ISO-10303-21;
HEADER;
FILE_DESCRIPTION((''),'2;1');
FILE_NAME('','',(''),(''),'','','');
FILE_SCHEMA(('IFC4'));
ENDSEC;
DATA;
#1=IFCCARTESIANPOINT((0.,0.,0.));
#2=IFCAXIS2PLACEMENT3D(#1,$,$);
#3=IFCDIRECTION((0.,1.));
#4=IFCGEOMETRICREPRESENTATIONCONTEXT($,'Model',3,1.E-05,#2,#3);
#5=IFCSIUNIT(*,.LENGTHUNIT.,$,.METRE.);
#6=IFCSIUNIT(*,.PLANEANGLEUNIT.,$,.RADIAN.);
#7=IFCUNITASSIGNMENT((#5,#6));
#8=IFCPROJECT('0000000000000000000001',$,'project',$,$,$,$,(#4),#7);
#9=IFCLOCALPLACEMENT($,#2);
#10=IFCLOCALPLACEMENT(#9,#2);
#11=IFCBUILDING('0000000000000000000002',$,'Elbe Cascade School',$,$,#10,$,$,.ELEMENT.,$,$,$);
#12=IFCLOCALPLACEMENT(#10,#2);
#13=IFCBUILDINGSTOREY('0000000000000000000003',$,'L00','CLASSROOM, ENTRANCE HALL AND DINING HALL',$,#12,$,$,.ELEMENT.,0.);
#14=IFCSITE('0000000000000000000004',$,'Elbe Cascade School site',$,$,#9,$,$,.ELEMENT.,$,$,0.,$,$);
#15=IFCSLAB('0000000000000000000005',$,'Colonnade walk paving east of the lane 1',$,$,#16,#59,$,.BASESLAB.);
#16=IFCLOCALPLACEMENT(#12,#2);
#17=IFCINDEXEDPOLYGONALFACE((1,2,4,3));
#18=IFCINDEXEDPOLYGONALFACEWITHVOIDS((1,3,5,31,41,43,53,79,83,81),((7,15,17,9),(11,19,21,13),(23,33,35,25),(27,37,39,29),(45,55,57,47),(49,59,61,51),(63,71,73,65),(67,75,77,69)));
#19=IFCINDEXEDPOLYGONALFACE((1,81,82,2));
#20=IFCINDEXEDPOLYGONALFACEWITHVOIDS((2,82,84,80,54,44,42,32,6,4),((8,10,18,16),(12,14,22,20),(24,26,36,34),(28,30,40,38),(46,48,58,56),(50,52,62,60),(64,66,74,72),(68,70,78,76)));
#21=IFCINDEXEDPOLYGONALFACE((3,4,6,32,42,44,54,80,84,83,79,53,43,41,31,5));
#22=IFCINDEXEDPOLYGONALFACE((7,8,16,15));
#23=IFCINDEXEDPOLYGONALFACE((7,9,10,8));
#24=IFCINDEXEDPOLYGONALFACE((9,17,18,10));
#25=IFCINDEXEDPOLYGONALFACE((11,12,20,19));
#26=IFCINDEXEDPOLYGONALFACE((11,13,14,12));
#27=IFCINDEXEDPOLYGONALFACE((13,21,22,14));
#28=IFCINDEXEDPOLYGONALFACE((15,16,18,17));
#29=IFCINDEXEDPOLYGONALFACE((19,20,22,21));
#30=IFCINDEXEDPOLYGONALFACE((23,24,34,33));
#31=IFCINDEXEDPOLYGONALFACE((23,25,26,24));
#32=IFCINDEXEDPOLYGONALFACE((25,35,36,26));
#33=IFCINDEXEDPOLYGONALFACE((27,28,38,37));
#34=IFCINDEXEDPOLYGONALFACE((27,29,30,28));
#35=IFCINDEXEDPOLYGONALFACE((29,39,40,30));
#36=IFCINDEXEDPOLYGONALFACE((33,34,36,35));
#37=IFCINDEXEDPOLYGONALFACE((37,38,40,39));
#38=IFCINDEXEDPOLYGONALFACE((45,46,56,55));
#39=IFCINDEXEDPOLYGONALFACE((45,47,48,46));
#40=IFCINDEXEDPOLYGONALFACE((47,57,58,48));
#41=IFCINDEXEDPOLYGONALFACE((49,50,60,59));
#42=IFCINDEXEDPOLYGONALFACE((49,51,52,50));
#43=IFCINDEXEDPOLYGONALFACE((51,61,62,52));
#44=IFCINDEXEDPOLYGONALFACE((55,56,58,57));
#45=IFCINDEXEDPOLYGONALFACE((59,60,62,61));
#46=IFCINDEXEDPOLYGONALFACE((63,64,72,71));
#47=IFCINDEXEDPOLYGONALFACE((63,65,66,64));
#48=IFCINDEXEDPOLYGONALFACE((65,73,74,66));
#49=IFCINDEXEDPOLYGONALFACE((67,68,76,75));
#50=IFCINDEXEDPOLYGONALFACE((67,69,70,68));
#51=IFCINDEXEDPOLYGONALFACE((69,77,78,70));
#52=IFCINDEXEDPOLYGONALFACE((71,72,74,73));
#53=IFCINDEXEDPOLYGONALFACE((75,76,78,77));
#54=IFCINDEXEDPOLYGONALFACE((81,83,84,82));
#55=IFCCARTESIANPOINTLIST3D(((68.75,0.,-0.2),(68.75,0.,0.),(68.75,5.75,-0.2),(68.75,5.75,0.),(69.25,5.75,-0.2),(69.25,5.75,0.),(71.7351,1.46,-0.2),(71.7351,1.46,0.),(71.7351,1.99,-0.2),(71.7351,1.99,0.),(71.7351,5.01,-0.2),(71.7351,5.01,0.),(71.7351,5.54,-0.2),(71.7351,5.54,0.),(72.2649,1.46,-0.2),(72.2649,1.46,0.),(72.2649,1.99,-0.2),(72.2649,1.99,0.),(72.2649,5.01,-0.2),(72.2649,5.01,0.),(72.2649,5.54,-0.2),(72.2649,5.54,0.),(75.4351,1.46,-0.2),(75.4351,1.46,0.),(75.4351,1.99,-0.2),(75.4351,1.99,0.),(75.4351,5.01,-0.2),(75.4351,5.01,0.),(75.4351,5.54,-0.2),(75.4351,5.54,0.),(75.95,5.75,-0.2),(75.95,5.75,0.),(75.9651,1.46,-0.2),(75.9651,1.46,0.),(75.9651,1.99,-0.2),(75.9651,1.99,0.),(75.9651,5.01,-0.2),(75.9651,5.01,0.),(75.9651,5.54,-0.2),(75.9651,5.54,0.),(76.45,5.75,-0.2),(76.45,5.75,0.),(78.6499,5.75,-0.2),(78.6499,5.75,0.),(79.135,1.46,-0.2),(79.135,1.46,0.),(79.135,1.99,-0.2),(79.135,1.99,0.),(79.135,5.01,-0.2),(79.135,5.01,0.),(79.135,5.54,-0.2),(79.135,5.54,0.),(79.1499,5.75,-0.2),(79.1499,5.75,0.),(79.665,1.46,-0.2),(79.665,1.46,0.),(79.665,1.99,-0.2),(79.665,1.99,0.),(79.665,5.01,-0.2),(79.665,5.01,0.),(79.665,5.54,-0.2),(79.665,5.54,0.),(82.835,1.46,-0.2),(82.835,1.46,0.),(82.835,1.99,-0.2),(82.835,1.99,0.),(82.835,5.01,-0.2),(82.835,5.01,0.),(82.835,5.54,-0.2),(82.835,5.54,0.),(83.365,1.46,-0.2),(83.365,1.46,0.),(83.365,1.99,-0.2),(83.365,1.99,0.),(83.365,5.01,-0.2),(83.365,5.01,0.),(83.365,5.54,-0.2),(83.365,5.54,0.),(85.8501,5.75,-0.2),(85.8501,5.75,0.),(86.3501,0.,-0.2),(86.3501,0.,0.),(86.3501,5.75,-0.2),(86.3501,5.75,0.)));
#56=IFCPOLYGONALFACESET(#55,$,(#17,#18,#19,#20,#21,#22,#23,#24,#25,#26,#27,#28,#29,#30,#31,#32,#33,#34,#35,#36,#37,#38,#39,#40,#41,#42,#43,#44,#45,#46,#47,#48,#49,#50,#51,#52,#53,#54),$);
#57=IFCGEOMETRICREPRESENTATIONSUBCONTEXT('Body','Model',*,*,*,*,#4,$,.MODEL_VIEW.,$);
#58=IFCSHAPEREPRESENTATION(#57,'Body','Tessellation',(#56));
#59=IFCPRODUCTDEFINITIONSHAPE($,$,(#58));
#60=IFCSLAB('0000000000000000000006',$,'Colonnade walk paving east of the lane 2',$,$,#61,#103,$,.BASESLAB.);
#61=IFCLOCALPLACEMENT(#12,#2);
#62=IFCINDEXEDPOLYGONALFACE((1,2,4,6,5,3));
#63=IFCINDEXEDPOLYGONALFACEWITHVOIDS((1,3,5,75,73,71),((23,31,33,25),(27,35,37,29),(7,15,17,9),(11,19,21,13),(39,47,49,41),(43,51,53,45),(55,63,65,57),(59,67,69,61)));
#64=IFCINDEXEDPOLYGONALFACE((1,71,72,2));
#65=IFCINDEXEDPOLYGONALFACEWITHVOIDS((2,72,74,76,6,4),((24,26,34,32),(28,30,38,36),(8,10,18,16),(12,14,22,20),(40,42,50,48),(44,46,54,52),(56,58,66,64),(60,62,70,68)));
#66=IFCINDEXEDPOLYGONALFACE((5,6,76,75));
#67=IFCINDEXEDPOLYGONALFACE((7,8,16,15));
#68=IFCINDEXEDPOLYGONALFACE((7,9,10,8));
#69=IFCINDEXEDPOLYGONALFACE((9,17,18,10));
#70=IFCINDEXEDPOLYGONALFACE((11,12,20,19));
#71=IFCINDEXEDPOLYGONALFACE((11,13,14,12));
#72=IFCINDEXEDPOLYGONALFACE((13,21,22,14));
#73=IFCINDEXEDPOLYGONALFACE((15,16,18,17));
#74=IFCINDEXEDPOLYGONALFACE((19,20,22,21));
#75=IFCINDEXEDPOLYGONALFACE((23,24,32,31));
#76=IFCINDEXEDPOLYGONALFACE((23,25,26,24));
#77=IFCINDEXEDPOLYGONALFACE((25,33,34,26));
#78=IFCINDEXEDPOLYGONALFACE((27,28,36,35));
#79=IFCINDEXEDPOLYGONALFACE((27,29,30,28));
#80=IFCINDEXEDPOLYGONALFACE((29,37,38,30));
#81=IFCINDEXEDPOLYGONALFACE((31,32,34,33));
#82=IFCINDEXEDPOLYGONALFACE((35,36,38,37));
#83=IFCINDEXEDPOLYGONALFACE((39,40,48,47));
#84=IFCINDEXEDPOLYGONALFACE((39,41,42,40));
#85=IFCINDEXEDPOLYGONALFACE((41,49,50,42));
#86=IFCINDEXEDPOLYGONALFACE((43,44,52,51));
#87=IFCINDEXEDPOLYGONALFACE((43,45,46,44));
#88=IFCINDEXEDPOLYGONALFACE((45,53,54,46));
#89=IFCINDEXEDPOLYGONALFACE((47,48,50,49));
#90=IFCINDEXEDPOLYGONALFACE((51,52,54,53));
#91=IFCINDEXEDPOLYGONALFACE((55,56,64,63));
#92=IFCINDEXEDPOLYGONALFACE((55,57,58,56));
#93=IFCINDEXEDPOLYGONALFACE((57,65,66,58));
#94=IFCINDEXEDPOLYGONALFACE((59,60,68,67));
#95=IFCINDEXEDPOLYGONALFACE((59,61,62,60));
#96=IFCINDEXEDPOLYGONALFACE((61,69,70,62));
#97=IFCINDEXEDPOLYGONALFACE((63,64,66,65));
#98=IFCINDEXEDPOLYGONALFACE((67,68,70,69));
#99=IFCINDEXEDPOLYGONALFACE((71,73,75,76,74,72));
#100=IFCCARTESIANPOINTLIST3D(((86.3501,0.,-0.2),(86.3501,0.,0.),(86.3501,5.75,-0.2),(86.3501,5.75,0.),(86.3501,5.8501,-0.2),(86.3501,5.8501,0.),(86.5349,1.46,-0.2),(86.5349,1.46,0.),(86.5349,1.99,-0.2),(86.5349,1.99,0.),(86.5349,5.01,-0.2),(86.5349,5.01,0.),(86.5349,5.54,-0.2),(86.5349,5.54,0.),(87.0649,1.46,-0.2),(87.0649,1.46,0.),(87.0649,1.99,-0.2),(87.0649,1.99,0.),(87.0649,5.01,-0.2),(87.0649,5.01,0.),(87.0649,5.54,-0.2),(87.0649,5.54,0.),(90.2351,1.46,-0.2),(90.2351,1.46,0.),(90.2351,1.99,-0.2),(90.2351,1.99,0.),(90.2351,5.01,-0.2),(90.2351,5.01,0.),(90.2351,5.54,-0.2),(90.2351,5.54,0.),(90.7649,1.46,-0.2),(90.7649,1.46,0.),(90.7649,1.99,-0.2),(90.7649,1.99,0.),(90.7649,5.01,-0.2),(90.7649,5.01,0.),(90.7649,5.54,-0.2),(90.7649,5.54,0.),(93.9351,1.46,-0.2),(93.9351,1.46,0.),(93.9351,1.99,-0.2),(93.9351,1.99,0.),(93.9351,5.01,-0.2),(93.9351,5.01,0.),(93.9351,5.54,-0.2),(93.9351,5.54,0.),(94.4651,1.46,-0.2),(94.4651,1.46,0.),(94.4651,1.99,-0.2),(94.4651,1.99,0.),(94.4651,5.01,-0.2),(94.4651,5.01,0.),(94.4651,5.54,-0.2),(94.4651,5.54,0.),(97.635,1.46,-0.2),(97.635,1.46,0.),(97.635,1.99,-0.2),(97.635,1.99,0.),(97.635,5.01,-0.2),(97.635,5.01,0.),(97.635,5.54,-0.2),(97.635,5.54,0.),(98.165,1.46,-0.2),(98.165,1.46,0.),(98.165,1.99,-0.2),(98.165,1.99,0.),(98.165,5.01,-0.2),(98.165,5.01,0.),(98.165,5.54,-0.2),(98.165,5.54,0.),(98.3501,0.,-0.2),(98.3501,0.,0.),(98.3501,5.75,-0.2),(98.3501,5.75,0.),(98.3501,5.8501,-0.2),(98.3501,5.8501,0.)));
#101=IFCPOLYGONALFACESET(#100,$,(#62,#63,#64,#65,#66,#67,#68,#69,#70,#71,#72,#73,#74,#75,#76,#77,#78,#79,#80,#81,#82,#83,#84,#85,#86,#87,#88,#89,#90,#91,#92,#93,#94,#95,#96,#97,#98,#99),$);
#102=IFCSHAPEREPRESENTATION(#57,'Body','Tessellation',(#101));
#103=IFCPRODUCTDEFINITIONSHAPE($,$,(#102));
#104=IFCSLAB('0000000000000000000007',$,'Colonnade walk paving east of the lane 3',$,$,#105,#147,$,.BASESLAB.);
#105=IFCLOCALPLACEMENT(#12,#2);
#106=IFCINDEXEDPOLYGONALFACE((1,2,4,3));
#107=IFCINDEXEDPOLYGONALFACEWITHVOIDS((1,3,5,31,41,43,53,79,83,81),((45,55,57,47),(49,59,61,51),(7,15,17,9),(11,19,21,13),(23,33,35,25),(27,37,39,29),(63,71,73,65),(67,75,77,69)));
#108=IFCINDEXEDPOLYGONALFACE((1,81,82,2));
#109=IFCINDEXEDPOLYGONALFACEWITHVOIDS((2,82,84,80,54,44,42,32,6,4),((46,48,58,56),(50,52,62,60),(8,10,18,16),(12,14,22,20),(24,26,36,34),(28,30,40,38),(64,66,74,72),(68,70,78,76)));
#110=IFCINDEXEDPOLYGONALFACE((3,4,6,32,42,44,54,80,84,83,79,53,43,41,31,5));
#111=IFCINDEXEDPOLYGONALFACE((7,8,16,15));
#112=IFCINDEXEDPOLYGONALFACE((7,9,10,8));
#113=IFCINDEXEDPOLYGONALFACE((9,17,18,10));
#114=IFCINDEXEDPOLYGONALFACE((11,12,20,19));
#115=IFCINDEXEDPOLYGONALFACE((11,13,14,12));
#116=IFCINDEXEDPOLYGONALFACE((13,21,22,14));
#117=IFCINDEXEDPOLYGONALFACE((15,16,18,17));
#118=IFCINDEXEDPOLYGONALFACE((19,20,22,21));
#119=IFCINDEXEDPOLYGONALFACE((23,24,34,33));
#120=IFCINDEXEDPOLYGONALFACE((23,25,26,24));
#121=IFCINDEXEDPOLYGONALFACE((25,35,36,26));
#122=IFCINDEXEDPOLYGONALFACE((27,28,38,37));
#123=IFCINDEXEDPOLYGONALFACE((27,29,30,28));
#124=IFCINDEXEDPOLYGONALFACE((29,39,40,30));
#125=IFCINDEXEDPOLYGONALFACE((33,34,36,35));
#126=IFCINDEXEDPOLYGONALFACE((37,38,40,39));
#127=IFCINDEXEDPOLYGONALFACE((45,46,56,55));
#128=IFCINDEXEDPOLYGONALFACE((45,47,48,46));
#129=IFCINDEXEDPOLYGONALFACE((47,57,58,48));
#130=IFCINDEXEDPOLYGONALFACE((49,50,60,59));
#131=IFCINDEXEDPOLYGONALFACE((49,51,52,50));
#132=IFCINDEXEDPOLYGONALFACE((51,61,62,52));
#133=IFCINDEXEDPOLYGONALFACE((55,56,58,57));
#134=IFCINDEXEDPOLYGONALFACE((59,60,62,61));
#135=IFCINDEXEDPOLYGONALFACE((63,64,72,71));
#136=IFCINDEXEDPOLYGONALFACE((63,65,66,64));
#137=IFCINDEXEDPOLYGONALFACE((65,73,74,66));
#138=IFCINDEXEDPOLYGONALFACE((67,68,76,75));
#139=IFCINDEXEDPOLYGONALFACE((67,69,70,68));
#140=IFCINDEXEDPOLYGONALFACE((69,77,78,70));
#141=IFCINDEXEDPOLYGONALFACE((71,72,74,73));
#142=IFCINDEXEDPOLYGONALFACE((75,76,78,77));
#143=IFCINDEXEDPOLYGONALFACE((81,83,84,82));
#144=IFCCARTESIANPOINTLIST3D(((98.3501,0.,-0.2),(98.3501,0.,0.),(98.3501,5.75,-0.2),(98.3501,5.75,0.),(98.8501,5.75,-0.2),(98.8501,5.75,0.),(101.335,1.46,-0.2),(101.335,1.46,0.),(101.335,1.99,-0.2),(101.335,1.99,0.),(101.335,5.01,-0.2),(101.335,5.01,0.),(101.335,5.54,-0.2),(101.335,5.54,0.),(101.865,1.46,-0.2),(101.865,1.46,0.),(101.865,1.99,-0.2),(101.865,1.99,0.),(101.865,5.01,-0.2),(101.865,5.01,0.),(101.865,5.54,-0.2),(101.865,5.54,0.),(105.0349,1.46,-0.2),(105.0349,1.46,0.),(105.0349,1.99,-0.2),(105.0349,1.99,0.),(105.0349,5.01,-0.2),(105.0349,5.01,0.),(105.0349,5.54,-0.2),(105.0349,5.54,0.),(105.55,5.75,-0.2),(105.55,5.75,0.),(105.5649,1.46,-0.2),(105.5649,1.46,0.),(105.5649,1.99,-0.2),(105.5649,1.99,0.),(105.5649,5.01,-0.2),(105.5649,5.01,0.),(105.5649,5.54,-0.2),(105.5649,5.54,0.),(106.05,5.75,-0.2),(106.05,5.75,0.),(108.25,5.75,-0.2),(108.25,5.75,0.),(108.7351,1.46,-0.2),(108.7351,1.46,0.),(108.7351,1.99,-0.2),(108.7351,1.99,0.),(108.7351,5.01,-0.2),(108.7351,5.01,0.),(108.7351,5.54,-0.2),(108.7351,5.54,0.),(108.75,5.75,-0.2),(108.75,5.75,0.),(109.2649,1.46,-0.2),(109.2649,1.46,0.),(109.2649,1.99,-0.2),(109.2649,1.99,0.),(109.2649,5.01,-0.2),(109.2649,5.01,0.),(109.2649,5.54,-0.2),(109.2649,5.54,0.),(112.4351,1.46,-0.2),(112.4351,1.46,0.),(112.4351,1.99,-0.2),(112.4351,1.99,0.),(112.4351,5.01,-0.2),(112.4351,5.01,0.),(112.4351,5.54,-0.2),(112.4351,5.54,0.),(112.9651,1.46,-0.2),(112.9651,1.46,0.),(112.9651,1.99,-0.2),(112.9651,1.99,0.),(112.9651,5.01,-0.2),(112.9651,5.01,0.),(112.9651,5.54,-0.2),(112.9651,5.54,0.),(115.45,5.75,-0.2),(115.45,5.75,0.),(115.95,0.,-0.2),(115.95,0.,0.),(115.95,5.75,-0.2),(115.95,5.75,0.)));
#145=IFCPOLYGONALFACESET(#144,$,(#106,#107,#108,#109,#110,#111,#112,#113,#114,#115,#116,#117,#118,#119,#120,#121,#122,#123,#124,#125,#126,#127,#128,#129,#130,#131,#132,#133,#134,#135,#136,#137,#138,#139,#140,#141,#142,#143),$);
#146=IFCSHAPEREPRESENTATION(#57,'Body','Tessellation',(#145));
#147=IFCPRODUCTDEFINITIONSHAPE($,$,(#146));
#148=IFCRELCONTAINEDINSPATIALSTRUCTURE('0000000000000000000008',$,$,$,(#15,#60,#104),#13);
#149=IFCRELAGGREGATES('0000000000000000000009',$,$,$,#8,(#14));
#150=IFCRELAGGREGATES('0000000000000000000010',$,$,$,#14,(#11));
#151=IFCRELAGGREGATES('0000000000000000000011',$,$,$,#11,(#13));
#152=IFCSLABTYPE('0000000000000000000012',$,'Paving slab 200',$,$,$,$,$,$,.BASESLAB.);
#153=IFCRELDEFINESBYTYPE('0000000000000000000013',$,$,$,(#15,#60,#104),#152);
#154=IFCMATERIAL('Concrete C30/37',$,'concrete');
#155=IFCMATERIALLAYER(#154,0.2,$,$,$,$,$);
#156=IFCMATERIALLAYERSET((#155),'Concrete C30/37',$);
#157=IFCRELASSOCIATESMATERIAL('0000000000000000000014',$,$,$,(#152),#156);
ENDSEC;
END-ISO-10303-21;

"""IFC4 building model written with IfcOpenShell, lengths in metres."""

from ifc_helpers import new_model, si_unit, direction, frame, origin, place, context, subcontext, project, spatial, polyline, outline, extrude, material, layer, layer_set, type_object, element, save


model = new_model("IFC4")

# Units and contexts
model_context = context("Model", 3, precision=1e-05, world=origin(), true_north=direction((0.0, 1.0)))
body_context = subcontext(model_context, "Body", "Model", "MODEL_VIEW")
ifc_project = project(units=[si_unit("LENGTHUNIT", "METRE"), si_unit("PLANEANGLEUNIT", "RADIAN")], contexts=[model_context])

# Site, building, storey
site_placement = place(None, origin())
site = spatial("IfcSite", under=ifc_project, at=site_placement, Name="Elbe Cascade School site", CompositionType="ELEMENT", RefElevation=0.0)
building_placement = place(site_placement, origin())
building = spatial("IfcBuilding", under=site, at=building_placement, Name="Elbe Cascade School", CompositionType="ELEMENT")
storey_placement = place(building_placement, origin())
storey = spatial("IfcBuildingStorey", under=building, at=storey_placement, Name="L00", Description="CLASSROOM, ENTRANCE HALL AND DINING HALL", CompositionType="ELEMENT", Elevation=0.0)

# Slabs
ifc_material_1 = material(Name="Concrete C30/37", Category="concrete")
ifc_layer_1 = layer(ifc_material_1, 0.2)
ifc_layer_set_1 = layer_set([ifc_layer_1], Name="Concrete C30/37")
slab_type_1 = type_object("IfcSlabType", Name="Paving slab 200", PredefinedType="BASESLAB", material=ifc_layer_set_1)
slab_1_placement = place(storey_placement, frame((0.0, 0.0, -0.2)))
element("IfcSlab", 1, at=slab_1_placement, inside=storey, type_object=slab_type_1, Name="Colonnade walk paving east of the lane 1", PredefinedType="BASESLAB", context=body_context, shape_type="SweptSolid", body=[
    extrude(outline(polyline([(68.75, 5.75), (68.75, 0.0), (86.3501, 0.0), (86.3501, 5.75), (85.8501, 5.75), (79.1499, 5.75), (78.6499, 5.75), (76.45, 5.75), (75.95, 5.75), (69.25, 5.75), (68.75, 5.75)]), holes=[polyline([(72.2649, 1.99), (72.2649, 1.46), (71.7351, 1.46), (71.7351, 1.99), (72.2649, 1.99)]), polyline([(72.2649, 5.01), (71.7351, 5.01), (71.7351, 5.54), (72.2649, 5.54), (72.2649, 5.01)]), polyline([(75.4351, 1.46), (75.4351, 1.99), (75.9651, 1.99), (75.9651, 1.46), (75.4351, 1.46)]), polyline([(75.4351, 5.54), (75.9651, 5.54), (75.9651, 5.01), (75.4351, 5.01), (75.4351, 5.54)]), polyline([(79.665, 1.99), (79.665, 1.46), (79.135, 1.46), (79.135, 1.99), (79.665, 1.99)]), polyline([(79.665, 5.01), (79.135, 5.01), (79.135, 5.54), (79.665, 5.54), (79.665, 5.01)]), polyline([(82.835, 1.46), (82.835, 1.99), (83.365, 1.99), (83.365, 1.46), (82.835, 1.46)]), polyline([(82.835, 5.54), (83.365, 5.54), (83.365, 5.01), (82.835, 5.01), (82.835, 5.54)])]), origin(), (0.0, 0.0, 1.0), 0.2),
])
slab_2_placement = place(storey_placement, frame((0.0, 0.0, -0.2)))
element("IfcSlab", 2, at=slab_2_placement, inside=storey, type_object=slab_type_1, Name="Colonnade walk paving east of the lane 2", PredefinedType="BASESLAB", context=body_context, shape_type="SweptSolid", body=[
    extrude(outline(polyline([(86.3501, 0.0), (98.3501, 0.0), (98.3501, 5.75), (98.3501, 5.8501), (86.3501, 5.8501), (86.3501, 5.75), (86.3501, 0.0)]), holes=[polyline([(87.0649, 1.99), (87.0649, 1.46), (86.5349, 1.46), (86.5349, 1.99), (87.0649, 1.99)]), polyline([(87.0649, 5.01), (86.5349, 5.01), (86.5349, 5.54), (87.0649, 5.54), (87.0649, 5.01)]), polyline([(90.2351, 1.46), (90.2351, 1.99), (90.7649, 1.99), (90.7649, 1.46), (90.2351, 1.46)]), polyline([(90.2351, 5.54), (90.7649, 5.54), (90.7649, 5.01), (90.2351, 5.01), (90.2351, 5.54)]), polyline([(94.4651, 1.99), (94.4651, 1.46), (93.9351, 1.46), (93.9351, 1.99), (94.4651, 1.99)]), polyline([(94.4651, 5.01), (93.9351, 5.01), (93.9351, 5.54), (94.4651, 5.54), (94.4651, 5.01)]), polyline([(97.635, 1.46), (97.635, 1.99), (98.165, 1.99), (98.165, 1.46), (97.635, 1.46)]), polyline([(97.635, 5.54), (98.165, 5.54), (98.165, 5.01), (97.635, 5.01), (97.635, 5.54)])]), origin(), (0.0, 0.0, 1.0), 0.2),
])
slab_3_placement = place(storey_placement, frame((0.0, 0.0, -0.2)))
element("IfcSlab", 3, at=slab_3_placement, inside=storey, type_object=slab_type_1, Name="Colonnade walk paving east of the lane 3", PredefinedType="BASESLAB", context=body_context, shape_type="SweptSolid", body=[
    extrude(outline(polyline([(98.3501, 0.0), (115.95, 0.0), (115.95, 5.75), (115.45, 5.75), (108.75, 5.75), (108.25, 5.75), (106.05, 5.75), (105.55, 5.75), (98.8501, 5.75), (98.3501, 5.75), (98.3501, 0.0)]), holes=[polyline([(101.865, 1.99), (101.865, 1.46), (101.335, 1.46), (101.335, 1.99), (101.865, 1.99)]), polyline([(101.865, 5.01), (101.335, 5.01), (101.335, 5.54), (101.865, 5.54), (101.865, 5.01)]), polyline([(105.0349, 1.46), (105.0349, 1.99), (105.5649, 1.99), (105.5649, 1.46), (105.0349, 1.46)]), polyline([(105.0349, 5.54), (105.5649, 5.54), (105.5649, 5.01), (105.0349, 5.01), (105.0349, 5.54)]), polyline([(109.2649, 1.99), (109.2649, 1.46), (108.7351, 1.46), (108.7351, 1.99), (109.2649, 1.99)]), polyline([(109.2649, 5.01), (108.7351, 5.01), (108.7351, 5.54), (109.2649, 5.54), (109.2649, 5.01)]), polyline([(112.4351, 1.46), (112.4351, 1.99), (112.9651, 1.99), (112.9651, 1.46), (112.4351, 1.46)]), polyline([(112.4351, 5.54), (112.9651, 5.54), (112.9651, 5.01), (112.4351, 5.01), (112.4351, 5.54)])]), origin(), (0.0, 0.0, 1.0), 0.2),
])

save(model, "model.ifc")
